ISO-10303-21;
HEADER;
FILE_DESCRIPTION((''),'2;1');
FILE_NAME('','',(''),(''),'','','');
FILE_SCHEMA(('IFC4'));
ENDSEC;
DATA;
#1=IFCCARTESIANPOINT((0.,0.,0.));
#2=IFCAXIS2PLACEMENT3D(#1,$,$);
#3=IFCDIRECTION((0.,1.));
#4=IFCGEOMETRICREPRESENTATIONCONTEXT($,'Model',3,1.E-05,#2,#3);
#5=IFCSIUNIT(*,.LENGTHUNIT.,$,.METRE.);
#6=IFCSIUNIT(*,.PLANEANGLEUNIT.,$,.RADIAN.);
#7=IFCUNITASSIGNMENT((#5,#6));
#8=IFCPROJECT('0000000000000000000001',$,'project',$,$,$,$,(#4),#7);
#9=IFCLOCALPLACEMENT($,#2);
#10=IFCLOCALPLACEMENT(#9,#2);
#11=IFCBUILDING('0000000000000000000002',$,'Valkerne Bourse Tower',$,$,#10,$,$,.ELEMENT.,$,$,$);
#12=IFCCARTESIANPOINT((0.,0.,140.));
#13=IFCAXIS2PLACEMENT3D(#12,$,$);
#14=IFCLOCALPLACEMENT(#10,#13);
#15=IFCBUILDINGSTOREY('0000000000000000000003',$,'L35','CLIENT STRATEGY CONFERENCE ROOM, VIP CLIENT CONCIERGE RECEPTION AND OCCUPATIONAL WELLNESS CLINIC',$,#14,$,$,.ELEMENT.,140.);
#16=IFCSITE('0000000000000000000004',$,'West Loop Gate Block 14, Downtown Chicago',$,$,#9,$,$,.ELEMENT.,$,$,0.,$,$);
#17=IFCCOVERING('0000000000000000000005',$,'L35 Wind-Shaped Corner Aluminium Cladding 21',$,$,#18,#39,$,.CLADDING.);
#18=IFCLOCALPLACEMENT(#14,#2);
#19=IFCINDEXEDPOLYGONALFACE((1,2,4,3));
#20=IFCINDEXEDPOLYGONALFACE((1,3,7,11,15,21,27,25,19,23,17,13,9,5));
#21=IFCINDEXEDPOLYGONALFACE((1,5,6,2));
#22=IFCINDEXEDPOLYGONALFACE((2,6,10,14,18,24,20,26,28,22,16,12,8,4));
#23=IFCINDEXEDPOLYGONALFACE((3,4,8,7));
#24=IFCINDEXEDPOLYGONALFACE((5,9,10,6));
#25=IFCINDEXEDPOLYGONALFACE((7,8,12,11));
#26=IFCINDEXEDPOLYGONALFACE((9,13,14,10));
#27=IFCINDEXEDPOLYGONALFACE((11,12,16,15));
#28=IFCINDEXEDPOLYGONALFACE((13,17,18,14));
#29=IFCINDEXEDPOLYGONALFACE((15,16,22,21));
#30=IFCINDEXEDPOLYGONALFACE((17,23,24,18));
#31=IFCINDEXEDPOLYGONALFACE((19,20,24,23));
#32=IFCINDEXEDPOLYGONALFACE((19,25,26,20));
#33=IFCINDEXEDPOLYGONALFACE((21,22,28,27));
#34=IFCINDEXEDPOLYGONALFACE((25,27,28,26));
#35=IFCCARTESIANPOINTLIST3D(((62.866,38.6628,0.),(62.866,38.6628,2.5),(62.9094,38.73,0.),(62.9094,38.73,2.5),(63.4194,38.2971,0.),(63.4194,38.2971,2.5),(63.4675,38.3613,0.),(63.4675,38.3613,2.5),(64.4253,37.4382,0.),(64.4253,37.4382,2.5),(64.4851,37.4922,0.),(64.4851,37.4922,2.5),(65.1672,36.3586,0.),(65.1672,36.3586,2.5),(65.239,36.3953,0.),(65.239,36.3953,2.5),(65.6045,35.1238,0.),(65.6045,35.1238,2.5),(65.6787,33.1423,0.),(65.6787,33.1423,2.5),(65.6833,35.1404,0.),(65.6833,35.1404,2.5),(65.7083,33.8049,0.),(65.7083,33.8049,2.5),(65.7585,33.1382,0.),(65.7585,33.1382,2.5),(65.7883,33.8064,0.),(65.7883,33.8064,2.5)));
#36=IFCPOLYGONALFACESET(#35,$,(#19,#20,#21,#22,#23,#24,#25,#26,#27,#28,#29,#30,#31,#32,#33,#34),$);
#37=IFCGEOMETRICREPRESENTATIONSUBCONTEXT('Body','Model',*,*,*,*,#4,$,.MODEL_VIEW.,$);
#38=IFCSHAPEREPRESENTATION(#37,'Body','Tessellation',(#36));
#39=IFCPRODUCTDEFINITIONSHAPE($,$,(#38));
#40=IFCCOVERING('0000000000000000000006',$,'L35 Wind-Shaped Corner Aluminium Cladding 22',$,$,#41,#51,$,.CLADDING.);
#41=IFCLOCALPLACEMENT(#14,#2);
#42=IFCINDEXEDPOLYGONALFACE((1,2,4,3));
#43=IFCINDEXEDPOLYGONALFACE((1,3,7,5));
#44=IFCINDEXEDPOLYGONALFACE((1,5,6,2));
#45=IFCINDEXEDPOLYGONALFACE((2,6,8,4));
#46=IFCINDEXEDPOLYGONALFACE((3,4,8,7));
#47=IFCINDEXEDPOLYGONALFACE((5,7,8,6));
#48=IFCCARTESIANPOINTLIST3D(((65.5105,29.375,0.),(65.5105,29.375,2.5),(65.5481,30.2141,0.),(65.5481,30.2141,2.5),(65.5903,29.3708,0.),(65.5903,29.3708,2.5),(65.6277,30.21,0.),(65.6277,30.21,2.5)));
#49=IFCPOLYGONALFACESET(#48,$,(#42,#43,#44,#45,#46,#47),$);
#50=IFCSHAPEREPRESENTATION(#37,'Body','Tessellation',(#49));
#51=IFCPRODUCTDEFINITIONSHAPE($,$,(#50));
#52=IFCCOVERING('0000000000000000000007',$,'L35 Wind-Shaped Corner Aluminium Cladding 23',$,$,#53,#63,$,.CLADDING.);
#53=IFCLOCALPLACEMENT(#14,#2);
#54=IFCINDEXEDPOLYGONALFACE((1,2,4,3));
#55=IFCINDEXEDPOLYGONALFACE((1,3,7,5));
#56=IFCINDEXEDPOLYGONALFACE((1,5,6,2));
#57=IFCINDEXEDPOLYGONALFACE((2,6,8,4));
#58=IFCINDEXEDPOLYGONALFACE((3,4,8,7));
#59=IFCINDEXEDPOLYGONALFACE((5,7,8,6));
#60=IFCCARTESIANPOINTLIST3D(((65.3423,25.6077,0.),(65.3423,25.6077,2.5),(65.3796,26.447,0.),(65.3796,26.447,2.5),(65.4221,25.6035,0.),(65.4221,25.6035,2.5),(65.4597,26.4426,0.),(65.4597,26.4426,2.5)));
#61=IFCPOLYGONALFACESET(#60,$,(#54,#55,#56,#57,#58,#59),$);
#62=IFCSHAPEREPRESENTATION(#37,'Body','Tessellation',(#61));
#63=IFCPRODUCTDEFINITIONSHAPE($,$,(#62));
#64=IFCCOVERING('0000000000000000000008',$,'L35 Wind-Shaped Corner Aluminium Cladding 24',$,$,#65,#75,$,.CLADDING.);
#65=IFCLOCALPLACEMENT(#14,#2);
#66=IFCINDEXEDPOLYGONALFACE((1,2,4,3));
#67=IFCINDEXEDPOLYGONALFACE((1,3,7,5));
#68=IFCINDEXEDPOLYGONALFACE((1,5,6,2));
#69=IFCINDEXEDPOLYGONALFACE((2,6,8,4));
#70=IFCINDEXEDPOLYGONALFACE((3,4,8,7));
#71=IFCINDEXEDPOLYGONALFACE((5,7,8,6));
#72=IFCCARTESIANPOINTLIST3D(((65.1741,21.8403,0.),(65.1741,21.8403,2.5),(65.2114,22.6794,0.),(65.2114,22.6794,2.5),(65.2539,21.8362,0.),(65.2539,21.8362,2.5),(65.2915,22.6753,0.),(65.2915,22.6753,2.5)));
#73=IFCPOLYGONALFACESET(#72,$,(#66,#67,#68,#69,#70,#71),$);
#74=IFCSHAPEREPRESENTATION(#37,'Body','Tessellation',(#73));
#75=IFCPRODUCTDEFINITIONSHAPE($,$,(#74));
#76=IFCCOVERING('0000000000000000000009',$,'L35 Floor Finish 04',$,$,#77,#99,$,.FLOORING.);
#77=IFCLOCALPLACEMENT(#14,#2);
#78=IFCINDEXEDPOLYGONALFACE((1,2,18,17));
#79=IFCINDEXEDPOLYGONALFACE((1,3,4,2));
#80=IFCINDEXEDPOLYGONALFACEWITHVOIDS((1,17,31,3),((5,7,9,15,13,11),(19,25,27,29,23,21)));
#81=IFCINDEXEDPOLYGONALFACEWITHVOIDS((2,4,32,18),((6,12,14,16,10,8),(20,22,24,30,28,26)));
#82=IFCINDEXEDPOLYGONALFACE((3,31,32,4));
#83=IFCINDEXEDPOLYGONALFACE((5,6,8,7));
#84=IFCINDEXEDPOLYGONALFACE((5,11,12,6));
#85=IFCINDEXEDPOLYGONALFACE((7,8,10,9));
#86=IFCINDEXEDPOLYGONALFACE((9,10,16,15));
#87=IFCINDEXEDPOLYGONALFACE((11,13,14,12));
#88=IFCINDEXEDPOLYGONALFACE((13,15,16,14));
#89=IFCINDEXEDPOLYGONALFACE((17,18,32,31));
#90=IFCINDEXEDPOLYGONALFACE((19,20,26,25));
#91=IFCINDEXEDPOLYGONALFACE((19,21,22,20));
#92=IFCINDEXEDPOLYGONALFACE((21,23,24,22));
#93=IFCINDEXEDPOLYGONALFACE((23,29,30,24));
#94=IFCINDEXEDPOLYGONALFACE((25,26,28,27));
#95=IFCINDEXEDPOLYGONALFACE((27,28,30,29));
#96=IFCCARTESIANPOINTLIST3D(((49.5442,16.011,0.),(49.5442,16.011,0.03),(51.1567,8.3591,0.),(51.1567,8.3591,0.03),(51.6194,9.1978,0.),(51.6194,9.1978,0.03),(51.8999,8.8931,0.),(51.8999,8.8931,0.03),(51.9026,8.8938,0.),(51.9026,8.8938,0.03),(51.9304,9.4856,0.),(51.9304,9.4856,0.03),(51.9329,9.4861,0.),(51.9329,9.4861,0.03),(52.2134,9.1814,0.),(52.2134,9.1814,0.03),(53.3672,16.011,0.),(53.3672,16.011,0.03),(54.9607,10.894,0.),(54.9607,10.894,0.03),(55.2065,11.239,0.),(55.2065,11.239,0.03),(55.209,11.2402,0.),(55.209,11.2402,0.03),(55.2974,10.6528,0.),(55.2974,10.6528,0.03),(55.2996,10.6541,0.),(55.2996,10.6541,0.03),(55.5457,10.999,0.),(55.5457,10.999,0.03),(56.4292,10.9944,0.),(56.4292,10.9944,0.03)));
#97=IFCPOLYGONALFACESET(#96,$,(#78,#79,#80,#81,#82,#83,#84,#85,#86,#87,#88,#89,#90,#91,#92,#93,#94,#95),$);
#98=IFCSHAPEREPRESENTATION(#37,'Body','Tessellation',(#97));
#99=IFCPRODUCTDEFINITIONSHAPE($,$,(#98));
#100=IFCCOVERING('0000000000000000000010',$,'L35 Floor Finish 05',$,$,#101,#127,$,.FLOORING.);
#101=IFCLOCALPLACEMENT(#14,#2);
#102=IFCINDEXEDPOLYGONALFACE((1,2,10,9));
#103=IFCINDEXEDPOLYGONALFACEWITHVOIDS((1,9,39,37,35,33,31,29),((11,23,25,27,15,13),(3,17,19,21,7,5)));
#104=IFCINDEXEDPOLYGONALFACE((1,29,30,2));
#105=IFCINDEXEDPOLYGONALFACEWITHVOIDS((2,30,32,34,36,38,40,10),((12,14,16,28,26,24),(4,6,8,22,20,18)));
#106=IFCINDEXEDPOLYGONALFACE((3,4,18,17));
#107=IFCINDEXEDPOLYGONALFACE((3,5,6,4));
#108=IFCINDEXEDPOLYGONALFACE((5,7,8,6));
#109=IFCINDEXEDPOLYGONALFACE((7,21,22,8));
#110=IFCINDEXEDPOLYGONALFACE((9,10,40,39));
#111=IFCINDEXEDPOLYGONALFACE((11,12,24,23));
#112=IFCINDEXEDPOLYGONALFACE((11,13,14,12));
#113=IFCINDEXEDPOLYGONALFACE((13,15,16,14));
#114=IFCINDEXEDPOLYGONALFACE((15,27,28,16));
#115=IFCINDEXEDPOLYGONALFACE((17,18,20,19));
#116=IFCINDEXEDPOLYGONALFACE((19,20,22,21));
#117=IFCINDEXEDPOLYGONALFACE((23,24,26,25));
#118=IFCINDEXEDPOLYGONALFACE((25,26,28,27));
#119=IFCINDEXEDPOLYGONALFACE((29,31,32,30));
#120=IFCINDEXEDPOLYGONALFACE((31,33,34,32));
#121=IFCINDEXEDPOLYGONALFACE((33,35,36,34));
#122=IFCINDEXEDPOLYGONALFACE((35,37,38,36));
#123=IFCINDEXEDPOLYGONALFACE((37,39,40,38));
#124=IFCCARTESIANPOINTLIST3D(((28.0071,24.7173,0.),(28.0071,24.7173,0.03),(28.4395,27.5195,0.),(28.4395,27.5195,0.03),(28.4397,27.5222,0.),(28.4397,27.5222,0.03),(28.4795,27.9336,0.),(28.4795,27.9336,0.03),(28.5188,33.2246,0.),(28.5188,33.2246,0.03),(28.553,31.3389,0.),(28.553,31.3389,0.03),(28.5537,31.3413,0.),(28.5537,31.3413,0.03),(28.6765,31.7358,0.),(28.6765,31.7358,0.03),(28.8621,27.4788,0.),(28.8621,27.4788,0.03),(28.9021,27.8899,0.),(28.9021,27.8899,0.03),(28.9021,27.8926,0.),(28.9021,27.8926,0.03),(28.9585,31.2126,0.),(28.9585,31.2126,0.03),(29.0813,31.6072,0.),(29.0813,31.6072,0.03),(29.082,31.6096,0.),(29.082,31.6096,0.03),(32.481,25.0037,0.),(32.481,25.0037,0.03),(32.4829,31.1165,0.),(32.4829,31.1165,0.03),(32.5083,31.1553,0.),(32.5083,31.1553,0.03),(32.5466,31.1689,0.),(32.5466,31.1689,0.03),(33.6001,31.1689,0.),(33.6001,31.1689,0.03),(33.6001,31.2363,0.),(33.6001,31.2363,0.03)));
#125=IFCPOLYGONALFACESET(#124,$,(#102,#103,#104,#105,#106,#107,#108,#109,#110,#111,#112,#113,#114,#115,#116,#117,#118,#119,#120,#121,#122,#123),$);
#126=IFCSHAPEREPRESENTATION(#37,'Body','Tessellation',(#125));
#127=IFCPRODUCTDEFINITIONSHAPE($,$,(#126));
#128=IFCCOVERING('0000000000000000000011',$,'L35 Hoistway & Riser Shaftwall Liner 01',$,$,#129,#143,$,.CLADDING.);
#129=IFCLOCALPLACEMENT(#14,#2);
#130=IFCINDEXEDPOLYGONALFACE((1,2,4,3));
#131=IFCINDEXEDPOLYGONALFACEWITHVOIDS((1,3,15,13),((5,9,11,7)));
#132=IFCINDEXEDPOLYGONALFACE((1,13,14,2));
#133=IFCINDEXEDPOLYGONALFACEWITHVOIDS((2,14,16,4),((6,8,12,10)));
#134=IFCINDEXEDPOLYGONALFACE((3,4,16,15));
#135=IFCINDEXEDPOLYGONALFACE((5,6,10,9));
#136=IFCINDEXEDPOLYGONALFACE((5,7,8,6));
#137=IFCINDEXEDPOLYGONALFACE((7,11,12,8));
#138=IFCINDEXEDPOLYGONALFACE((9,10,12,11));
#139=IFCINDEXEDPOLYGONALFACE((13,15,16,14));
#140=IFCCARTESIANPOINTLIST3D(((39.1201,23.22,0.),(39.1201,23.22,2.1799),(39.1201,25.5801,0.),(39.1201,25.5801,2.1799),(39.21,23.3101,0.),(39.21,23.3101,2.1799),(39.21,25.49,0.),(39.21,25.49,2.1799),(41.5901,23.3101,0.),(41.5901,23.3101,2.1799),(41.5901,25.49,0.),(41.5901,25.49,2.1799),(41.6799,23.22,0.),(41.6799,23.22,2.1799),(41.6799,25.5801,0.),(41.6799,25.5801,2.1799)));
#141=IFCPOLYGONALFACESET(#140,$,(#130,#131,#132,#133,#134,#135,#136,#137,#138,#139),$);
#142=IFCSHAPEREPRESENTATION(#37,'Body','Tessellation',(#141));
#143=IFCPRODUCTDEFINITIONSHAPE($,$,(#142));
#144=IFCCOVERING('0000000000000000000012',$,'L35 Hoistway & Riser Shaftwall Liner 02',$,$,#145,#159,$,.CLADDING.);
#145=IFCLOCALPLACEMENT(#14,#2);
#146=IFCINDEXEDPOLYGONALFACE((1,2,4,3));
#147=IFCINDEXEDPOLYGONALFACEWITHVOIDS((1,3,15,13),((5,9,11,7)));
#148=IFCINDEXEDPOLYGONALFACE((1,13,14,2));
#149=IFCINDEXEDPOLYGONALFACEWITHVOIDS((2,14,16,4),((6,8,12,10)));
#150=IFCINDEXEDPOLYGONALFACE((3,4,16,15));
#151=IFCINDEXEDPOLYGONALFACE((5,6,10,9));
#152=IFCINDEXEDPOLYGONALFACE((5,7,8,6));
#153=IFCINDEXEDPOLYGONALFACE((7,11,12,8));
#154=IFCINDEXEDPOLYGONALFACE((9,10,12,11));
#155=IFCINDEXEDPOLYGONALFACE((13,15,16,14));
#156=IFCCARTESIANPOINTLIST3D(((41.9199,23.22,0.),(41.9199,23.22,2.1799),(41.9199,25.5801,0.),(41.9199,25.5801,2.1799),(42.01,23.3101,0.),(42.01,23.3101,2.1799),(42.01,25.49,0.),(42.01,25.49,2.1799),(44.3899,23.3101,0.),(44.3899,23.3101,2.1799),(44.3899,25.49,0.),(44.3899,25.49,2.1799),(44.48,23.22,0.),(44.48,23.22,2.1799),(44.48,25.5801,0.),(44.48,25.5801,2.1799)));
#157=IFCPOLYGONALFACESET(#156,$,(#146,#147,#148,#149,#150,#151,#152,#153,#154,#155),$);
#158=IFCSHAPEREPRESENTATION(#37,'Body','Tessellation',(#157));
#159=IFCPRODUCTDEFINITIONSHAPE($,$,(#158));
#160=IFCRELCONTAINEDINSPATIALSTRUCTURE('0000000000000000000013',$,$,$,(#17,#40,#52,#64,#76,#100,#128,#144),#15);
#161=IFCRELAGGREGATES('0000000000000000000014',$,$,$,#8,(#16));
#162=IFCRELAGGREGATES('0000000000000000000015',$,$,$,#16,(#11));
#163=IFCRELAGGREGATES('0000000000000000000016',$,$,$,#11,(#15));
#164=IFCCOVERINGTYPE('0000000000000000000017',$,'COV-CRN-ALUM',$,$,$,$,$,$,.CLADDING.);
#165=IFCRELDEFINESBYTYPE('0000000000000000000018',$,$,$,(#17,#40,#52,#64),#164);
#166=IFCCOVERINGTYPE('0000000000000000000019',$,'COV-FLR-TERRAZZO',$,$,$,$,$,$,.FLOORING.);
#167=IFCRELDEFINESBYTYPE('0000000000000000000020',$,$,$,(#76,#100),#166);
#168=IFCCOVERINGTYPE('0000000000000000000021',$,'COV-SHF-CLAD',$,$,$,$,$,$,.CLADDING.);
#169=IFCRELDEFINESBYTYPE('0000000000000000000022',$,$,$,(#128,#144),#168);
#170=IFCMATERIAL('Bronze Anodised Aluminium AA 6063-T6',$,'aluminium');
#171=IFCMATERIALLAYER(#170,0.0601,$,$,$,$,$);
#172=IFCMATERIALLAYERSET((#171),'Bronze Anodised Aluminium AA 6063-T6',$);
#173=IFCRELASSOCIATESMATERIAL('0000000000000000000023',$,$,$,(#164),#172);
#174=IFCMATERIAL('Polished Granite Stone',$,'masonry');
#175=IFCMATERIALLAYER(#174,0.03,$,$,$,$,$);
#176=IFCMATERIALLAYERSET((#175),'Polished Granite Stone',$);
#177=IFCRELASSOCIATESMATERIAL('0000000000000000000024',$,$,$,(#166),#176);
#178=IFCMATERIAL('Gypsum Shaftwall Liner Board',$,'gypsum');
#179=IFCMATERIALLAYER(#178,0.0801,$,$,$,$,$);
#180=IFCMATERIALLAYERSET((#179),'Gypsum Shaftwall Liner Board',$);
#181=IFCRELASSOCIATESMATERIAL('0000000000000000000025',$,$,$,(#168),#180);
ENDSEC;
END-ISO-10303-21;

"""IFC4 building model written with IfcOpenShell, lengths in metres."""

from ifc_helpers import new_model, si_unit, direction, frame, origin, place, context, subcontext, project, spatial, polyline, outline, extrude, material, layer, layer_set, type_object, element, save


model = new_model("IFC4")

# Units and contexts
model_context = context("Model", 3, precision=1e-05, world=origin(), true_north=direction((0.0, 1.0)))
body_context = subcontext(model_context, "Body", "Model", "MODEL_VIEW")
ifc_project = project(units=[si_unit("LENGTHUNIT", "METRE"), si_unit("PLANEANGLEUNIT", "RADIAN")], contexts=[model_context])

# Site, building, storey
site_placement = place(None, origin())
site = spatial("IfcSite", under=ifc_project, at=site_placement, Name="West Loop Gate Block 14, Downtown Chicago", CompositionType="ELEMENT", RefElevation=0.0)
building_placement = place(site_placement, origin())
building = spatial("IfcBuilding", under=site, at=building_placement, Name="Valkerne Bourse Tower", CompositionType="ELEMENT")
storey_placement = place(building_placement, frame((0.0, 0.0, 140.0)))
storey = spatial("IfcBuildingStorey", under=building, at=storey_placement, Name="L35", Description="CLIENT STRATEGY CONFERENCE ROOM, VIP CLIENT CONCIERGE RECEPTION AND OCCUPATIONAL WELLNESS CLINIC", CompositionType="ELEMENT", Elevation=140.0)

# Coverings
ifc_material_1 = material(Name="Bronze Anodised Aluminium AA 6063-T6", Category="aluminium")
ifc_layer_1 = layer(ifc_material_1, 0.0601)
ifc_layer_set_1 = layer_set([ifc_layer_1], Name="Bronze Anodised Aluminium AA 6063-T6")
covering_type_1 = type_object("IfcCoveringType", Name="COV-CRN-ALUM", PredefinedType="CLADDING", material=ifc_layer_set_1)
covering_1_placement = place(storey_placement, origin())
element("IfcCovering", 1, at=covering_1_placement, inside=storey, type_object=covering_type_1, Name="L35 Wind-Shaped Corner Aluminium Cladding 21", PredefinedType="CLADDING", context=body_context, shape_type="SweptSolid", body=[
    extrude(outline(polyline([(63.4675, 38.3613), (64.4851, 37.4922), (65.239, 36.3953), (65.6833, 35.1404), (65.7883, 33.8064), (65.7585, 33.1382), (65.6787, 33.1423), (65.7083, 33.8049), (65.6045, 35.1238), (65.1672, 36.3586), (64.4253, 37.4382), (63.4194, 38.2971), (62.866, 38.6628), (62.9094, 38.73), (63.4675, 38.3613)])), origin(), (0.0, 0.0, 1.0), 2.5),
])
covering_2_placement = place(storey_placement, origin())
element("IfcCovering", 2, at=covering_2_placement, inside=storey, type_object=covering_type_1, Name="L35 Wind-Shaped Corner Aluminium Cladding 22", PredefinedType="CLADDING", context=body_context, shape_type="SweptSolid", body=[
    extrude(outline(polyline([(65.5903, 29.3708), (65.5105, 29.375), (65.5481, 30.2141), (65.6277, 30.21), (65.5903, 29.3708)])), origin(), (0.0, 0.0, 1.0), 2.5),
])
covering_3_placement = place(storey_placement, origin())
element("IfcCovering", 3, at=covering_3_placement, inside=storey, type_object=covering_type_1, Name="L35 Wind-Shaped Corner Aluminium Cladding 23", PredefinedType="CLADDING", context=body_context, shape_type="SweptSolid", body=[
    extrude(outline(polyline([(65.4221, 25.6035), (65.3423, 25.6077), (65.3796, 26.447), (65.4597, 26.4426), (65.4221, 25.6035)])), origin(), (0.0, 0.0, 1.0), 2.5),
])
covering_4_placement = place(storey_placement, origin())
element("IfcCovering", 4, at=covering_4_placement, inside=storey, type_object=covering_type_1, Name="L35 Wind-Shaped Corner Aluminium Cladding 24", PredefinedType="CLADDING", context=body_context, shape_type="SweptSolid", body=[
    extrude(outline(polyline([(65.2539, 21.8362), (65.1741, 21.8403), (65.2114, 22.6794), (65.2915, 22.6753), (65.2539, 21.8362)])), origin(), (0.0, 0.0, 1.0), 2.5),
])
ifc_material_2 = material(Name="Polished Granite Stone", Category="masonry")
ifc_layer_2 = layer(ifc_material_2, 0.03)
ifc_layer_set_2 = layer_set([ifc_layer_2], Name="Polished Granite Stone")
covering_type_2 = type_object("IfcCoveringType", Name="COV-FLR-TERRAZZO", PredefinedType="FLOORING", material=ifc_layer_set_2)
covering_5_placement = place(storey_placement, origin())
element("IfcCovering", 5, at=covering_5_placement, inside=storey, type_object=covering_type_2, Name="L35 Floor Finish 04", PredefinedType="FLOORING", context=body_context, shape_type="SweptSolid", body=[
    extrude(outline(polyline([(53.3672, 16.011), (56.4292, 10.9944), (51.1567, 8.3591), (49.5442, 16.011), (53.3672, 16.011)]), holes=[polyline([(52.2134, 9.1814), (51.9329, 9.4861), (51.9304, 9.4856), (51.6194, 9.1978), (51.8999, 8.8931), (51.9026, 8.8938), (52.2134, 9.1814)]), polyline([(55.2996, 10.6541), (55.5457, 10.999), (55.209, 11.2402), (55.2065, 11.239), (54.9607, 10.894), (55.2974, 10.6528), (55.2996, 10.6541)])]), origin(), (0.0, 0.0, 1.0), 0.03),
])
covering_6_placement = place(storey_placement, origin())
element("IfcCovering", 6, at=covering_6_placement, inside=storey, type_object=covering_type_2, Name="L35 Floor Finish 05", PredefinedType="FLOORING", context=body_context, shape_type="SweptSolid", body=[
    extrude(outline(polyline([(32.5466, 31.1689), (32.5083, 31.1553), (32.4829, 31.1165), (32.481, 25.0037), (28.0071, 24.7173), (28.5188, 33.2246), (33.6001, 31.2363), (33.6001, 31.1689), (32.5466, 31.1689)]), holes=[polyline([(28.9021, 27.8926), (28.4795, 27.9336), (28.4397, 27.5222), (28.4395, 27.5195), (28.8621, 27.4788), (28.9021, 27.8899), (28.9021, 27.8926)]), polyline([(29.0813, 31.6072), (29.082, 31.6096), (28.6765, 31.7358), (28.5537, 31.3413), (28.553, 31.3389), (28.9585, 31.2126), (29.0813, 31.6072)])]), origin(), (0.0, 0.0, 1.0), 0.03),
])
ifc_material_3 = material(Name="Gypsum Shaftwall Liner Board", Category="gypsum")
ifc_layer_3 = layer(ifc_material_3, 0.0801)
ifc_layer_set_3 = layer_set([ifc_layer_3], Name="Gypsum Shaftwall Liner Board")
covering_type_3 = type_object("IfcCoveringType", Name="COV-SHF-CLAD", PredefinedType="CLADDING", material=ifc_layer_set_3)
covering_7_placement = place(storey_placement, origin())
element("IfcCovering", 7, at=covering_7_placement, inside=storey, type_object=covering_type_3, Name="L35 Hoistway & Riser Shaftwall Liner 01", PredefinedType="CLADDING", context=body_context, shape_type="SweptSolid", body=[
    extrude(outline(polyline([(41.6799, 25.5801), (41.6799, 23.22), (39.1201, 23.22), (39.1201, 25.5801), (41.6799, 25.5801)]), holes=[polyline([(41.5901, 25.49), (39.21, 25.49), (39.21, 23.3101), (41.5901, 23.3101), (41.5901, 25.49)])]), origin(), (0.0, 0.0, 1.0), 2.1799),
])
covering_8_placement = place(storey_placement, origin())
element("IfcCovering", 8, at=covering_8_placement, inside=storey, type_object=covering_type_3, Name="L35 Hoistway & Riser Shaftwall Liner 02", PredefinedType="CLADDING", context=body_context, shape_type="SweptSolid", body=[
    extrude(outline(polyline([(44.48, 23.22), (41.9199, 23.22), (41.9199, 25.5801), (44.48, 25.5801), (44.48, 23.22)]), holes=[polyline([(42.01, 25.49), (42.01, 23.3101), (44.3899, 23.3101), (44.3899, 25.49), (42.01, 25.49)])]), origin(), (0.0, 0.0, 1.0), 2.1799),
])

save(model, "model.ifc")
